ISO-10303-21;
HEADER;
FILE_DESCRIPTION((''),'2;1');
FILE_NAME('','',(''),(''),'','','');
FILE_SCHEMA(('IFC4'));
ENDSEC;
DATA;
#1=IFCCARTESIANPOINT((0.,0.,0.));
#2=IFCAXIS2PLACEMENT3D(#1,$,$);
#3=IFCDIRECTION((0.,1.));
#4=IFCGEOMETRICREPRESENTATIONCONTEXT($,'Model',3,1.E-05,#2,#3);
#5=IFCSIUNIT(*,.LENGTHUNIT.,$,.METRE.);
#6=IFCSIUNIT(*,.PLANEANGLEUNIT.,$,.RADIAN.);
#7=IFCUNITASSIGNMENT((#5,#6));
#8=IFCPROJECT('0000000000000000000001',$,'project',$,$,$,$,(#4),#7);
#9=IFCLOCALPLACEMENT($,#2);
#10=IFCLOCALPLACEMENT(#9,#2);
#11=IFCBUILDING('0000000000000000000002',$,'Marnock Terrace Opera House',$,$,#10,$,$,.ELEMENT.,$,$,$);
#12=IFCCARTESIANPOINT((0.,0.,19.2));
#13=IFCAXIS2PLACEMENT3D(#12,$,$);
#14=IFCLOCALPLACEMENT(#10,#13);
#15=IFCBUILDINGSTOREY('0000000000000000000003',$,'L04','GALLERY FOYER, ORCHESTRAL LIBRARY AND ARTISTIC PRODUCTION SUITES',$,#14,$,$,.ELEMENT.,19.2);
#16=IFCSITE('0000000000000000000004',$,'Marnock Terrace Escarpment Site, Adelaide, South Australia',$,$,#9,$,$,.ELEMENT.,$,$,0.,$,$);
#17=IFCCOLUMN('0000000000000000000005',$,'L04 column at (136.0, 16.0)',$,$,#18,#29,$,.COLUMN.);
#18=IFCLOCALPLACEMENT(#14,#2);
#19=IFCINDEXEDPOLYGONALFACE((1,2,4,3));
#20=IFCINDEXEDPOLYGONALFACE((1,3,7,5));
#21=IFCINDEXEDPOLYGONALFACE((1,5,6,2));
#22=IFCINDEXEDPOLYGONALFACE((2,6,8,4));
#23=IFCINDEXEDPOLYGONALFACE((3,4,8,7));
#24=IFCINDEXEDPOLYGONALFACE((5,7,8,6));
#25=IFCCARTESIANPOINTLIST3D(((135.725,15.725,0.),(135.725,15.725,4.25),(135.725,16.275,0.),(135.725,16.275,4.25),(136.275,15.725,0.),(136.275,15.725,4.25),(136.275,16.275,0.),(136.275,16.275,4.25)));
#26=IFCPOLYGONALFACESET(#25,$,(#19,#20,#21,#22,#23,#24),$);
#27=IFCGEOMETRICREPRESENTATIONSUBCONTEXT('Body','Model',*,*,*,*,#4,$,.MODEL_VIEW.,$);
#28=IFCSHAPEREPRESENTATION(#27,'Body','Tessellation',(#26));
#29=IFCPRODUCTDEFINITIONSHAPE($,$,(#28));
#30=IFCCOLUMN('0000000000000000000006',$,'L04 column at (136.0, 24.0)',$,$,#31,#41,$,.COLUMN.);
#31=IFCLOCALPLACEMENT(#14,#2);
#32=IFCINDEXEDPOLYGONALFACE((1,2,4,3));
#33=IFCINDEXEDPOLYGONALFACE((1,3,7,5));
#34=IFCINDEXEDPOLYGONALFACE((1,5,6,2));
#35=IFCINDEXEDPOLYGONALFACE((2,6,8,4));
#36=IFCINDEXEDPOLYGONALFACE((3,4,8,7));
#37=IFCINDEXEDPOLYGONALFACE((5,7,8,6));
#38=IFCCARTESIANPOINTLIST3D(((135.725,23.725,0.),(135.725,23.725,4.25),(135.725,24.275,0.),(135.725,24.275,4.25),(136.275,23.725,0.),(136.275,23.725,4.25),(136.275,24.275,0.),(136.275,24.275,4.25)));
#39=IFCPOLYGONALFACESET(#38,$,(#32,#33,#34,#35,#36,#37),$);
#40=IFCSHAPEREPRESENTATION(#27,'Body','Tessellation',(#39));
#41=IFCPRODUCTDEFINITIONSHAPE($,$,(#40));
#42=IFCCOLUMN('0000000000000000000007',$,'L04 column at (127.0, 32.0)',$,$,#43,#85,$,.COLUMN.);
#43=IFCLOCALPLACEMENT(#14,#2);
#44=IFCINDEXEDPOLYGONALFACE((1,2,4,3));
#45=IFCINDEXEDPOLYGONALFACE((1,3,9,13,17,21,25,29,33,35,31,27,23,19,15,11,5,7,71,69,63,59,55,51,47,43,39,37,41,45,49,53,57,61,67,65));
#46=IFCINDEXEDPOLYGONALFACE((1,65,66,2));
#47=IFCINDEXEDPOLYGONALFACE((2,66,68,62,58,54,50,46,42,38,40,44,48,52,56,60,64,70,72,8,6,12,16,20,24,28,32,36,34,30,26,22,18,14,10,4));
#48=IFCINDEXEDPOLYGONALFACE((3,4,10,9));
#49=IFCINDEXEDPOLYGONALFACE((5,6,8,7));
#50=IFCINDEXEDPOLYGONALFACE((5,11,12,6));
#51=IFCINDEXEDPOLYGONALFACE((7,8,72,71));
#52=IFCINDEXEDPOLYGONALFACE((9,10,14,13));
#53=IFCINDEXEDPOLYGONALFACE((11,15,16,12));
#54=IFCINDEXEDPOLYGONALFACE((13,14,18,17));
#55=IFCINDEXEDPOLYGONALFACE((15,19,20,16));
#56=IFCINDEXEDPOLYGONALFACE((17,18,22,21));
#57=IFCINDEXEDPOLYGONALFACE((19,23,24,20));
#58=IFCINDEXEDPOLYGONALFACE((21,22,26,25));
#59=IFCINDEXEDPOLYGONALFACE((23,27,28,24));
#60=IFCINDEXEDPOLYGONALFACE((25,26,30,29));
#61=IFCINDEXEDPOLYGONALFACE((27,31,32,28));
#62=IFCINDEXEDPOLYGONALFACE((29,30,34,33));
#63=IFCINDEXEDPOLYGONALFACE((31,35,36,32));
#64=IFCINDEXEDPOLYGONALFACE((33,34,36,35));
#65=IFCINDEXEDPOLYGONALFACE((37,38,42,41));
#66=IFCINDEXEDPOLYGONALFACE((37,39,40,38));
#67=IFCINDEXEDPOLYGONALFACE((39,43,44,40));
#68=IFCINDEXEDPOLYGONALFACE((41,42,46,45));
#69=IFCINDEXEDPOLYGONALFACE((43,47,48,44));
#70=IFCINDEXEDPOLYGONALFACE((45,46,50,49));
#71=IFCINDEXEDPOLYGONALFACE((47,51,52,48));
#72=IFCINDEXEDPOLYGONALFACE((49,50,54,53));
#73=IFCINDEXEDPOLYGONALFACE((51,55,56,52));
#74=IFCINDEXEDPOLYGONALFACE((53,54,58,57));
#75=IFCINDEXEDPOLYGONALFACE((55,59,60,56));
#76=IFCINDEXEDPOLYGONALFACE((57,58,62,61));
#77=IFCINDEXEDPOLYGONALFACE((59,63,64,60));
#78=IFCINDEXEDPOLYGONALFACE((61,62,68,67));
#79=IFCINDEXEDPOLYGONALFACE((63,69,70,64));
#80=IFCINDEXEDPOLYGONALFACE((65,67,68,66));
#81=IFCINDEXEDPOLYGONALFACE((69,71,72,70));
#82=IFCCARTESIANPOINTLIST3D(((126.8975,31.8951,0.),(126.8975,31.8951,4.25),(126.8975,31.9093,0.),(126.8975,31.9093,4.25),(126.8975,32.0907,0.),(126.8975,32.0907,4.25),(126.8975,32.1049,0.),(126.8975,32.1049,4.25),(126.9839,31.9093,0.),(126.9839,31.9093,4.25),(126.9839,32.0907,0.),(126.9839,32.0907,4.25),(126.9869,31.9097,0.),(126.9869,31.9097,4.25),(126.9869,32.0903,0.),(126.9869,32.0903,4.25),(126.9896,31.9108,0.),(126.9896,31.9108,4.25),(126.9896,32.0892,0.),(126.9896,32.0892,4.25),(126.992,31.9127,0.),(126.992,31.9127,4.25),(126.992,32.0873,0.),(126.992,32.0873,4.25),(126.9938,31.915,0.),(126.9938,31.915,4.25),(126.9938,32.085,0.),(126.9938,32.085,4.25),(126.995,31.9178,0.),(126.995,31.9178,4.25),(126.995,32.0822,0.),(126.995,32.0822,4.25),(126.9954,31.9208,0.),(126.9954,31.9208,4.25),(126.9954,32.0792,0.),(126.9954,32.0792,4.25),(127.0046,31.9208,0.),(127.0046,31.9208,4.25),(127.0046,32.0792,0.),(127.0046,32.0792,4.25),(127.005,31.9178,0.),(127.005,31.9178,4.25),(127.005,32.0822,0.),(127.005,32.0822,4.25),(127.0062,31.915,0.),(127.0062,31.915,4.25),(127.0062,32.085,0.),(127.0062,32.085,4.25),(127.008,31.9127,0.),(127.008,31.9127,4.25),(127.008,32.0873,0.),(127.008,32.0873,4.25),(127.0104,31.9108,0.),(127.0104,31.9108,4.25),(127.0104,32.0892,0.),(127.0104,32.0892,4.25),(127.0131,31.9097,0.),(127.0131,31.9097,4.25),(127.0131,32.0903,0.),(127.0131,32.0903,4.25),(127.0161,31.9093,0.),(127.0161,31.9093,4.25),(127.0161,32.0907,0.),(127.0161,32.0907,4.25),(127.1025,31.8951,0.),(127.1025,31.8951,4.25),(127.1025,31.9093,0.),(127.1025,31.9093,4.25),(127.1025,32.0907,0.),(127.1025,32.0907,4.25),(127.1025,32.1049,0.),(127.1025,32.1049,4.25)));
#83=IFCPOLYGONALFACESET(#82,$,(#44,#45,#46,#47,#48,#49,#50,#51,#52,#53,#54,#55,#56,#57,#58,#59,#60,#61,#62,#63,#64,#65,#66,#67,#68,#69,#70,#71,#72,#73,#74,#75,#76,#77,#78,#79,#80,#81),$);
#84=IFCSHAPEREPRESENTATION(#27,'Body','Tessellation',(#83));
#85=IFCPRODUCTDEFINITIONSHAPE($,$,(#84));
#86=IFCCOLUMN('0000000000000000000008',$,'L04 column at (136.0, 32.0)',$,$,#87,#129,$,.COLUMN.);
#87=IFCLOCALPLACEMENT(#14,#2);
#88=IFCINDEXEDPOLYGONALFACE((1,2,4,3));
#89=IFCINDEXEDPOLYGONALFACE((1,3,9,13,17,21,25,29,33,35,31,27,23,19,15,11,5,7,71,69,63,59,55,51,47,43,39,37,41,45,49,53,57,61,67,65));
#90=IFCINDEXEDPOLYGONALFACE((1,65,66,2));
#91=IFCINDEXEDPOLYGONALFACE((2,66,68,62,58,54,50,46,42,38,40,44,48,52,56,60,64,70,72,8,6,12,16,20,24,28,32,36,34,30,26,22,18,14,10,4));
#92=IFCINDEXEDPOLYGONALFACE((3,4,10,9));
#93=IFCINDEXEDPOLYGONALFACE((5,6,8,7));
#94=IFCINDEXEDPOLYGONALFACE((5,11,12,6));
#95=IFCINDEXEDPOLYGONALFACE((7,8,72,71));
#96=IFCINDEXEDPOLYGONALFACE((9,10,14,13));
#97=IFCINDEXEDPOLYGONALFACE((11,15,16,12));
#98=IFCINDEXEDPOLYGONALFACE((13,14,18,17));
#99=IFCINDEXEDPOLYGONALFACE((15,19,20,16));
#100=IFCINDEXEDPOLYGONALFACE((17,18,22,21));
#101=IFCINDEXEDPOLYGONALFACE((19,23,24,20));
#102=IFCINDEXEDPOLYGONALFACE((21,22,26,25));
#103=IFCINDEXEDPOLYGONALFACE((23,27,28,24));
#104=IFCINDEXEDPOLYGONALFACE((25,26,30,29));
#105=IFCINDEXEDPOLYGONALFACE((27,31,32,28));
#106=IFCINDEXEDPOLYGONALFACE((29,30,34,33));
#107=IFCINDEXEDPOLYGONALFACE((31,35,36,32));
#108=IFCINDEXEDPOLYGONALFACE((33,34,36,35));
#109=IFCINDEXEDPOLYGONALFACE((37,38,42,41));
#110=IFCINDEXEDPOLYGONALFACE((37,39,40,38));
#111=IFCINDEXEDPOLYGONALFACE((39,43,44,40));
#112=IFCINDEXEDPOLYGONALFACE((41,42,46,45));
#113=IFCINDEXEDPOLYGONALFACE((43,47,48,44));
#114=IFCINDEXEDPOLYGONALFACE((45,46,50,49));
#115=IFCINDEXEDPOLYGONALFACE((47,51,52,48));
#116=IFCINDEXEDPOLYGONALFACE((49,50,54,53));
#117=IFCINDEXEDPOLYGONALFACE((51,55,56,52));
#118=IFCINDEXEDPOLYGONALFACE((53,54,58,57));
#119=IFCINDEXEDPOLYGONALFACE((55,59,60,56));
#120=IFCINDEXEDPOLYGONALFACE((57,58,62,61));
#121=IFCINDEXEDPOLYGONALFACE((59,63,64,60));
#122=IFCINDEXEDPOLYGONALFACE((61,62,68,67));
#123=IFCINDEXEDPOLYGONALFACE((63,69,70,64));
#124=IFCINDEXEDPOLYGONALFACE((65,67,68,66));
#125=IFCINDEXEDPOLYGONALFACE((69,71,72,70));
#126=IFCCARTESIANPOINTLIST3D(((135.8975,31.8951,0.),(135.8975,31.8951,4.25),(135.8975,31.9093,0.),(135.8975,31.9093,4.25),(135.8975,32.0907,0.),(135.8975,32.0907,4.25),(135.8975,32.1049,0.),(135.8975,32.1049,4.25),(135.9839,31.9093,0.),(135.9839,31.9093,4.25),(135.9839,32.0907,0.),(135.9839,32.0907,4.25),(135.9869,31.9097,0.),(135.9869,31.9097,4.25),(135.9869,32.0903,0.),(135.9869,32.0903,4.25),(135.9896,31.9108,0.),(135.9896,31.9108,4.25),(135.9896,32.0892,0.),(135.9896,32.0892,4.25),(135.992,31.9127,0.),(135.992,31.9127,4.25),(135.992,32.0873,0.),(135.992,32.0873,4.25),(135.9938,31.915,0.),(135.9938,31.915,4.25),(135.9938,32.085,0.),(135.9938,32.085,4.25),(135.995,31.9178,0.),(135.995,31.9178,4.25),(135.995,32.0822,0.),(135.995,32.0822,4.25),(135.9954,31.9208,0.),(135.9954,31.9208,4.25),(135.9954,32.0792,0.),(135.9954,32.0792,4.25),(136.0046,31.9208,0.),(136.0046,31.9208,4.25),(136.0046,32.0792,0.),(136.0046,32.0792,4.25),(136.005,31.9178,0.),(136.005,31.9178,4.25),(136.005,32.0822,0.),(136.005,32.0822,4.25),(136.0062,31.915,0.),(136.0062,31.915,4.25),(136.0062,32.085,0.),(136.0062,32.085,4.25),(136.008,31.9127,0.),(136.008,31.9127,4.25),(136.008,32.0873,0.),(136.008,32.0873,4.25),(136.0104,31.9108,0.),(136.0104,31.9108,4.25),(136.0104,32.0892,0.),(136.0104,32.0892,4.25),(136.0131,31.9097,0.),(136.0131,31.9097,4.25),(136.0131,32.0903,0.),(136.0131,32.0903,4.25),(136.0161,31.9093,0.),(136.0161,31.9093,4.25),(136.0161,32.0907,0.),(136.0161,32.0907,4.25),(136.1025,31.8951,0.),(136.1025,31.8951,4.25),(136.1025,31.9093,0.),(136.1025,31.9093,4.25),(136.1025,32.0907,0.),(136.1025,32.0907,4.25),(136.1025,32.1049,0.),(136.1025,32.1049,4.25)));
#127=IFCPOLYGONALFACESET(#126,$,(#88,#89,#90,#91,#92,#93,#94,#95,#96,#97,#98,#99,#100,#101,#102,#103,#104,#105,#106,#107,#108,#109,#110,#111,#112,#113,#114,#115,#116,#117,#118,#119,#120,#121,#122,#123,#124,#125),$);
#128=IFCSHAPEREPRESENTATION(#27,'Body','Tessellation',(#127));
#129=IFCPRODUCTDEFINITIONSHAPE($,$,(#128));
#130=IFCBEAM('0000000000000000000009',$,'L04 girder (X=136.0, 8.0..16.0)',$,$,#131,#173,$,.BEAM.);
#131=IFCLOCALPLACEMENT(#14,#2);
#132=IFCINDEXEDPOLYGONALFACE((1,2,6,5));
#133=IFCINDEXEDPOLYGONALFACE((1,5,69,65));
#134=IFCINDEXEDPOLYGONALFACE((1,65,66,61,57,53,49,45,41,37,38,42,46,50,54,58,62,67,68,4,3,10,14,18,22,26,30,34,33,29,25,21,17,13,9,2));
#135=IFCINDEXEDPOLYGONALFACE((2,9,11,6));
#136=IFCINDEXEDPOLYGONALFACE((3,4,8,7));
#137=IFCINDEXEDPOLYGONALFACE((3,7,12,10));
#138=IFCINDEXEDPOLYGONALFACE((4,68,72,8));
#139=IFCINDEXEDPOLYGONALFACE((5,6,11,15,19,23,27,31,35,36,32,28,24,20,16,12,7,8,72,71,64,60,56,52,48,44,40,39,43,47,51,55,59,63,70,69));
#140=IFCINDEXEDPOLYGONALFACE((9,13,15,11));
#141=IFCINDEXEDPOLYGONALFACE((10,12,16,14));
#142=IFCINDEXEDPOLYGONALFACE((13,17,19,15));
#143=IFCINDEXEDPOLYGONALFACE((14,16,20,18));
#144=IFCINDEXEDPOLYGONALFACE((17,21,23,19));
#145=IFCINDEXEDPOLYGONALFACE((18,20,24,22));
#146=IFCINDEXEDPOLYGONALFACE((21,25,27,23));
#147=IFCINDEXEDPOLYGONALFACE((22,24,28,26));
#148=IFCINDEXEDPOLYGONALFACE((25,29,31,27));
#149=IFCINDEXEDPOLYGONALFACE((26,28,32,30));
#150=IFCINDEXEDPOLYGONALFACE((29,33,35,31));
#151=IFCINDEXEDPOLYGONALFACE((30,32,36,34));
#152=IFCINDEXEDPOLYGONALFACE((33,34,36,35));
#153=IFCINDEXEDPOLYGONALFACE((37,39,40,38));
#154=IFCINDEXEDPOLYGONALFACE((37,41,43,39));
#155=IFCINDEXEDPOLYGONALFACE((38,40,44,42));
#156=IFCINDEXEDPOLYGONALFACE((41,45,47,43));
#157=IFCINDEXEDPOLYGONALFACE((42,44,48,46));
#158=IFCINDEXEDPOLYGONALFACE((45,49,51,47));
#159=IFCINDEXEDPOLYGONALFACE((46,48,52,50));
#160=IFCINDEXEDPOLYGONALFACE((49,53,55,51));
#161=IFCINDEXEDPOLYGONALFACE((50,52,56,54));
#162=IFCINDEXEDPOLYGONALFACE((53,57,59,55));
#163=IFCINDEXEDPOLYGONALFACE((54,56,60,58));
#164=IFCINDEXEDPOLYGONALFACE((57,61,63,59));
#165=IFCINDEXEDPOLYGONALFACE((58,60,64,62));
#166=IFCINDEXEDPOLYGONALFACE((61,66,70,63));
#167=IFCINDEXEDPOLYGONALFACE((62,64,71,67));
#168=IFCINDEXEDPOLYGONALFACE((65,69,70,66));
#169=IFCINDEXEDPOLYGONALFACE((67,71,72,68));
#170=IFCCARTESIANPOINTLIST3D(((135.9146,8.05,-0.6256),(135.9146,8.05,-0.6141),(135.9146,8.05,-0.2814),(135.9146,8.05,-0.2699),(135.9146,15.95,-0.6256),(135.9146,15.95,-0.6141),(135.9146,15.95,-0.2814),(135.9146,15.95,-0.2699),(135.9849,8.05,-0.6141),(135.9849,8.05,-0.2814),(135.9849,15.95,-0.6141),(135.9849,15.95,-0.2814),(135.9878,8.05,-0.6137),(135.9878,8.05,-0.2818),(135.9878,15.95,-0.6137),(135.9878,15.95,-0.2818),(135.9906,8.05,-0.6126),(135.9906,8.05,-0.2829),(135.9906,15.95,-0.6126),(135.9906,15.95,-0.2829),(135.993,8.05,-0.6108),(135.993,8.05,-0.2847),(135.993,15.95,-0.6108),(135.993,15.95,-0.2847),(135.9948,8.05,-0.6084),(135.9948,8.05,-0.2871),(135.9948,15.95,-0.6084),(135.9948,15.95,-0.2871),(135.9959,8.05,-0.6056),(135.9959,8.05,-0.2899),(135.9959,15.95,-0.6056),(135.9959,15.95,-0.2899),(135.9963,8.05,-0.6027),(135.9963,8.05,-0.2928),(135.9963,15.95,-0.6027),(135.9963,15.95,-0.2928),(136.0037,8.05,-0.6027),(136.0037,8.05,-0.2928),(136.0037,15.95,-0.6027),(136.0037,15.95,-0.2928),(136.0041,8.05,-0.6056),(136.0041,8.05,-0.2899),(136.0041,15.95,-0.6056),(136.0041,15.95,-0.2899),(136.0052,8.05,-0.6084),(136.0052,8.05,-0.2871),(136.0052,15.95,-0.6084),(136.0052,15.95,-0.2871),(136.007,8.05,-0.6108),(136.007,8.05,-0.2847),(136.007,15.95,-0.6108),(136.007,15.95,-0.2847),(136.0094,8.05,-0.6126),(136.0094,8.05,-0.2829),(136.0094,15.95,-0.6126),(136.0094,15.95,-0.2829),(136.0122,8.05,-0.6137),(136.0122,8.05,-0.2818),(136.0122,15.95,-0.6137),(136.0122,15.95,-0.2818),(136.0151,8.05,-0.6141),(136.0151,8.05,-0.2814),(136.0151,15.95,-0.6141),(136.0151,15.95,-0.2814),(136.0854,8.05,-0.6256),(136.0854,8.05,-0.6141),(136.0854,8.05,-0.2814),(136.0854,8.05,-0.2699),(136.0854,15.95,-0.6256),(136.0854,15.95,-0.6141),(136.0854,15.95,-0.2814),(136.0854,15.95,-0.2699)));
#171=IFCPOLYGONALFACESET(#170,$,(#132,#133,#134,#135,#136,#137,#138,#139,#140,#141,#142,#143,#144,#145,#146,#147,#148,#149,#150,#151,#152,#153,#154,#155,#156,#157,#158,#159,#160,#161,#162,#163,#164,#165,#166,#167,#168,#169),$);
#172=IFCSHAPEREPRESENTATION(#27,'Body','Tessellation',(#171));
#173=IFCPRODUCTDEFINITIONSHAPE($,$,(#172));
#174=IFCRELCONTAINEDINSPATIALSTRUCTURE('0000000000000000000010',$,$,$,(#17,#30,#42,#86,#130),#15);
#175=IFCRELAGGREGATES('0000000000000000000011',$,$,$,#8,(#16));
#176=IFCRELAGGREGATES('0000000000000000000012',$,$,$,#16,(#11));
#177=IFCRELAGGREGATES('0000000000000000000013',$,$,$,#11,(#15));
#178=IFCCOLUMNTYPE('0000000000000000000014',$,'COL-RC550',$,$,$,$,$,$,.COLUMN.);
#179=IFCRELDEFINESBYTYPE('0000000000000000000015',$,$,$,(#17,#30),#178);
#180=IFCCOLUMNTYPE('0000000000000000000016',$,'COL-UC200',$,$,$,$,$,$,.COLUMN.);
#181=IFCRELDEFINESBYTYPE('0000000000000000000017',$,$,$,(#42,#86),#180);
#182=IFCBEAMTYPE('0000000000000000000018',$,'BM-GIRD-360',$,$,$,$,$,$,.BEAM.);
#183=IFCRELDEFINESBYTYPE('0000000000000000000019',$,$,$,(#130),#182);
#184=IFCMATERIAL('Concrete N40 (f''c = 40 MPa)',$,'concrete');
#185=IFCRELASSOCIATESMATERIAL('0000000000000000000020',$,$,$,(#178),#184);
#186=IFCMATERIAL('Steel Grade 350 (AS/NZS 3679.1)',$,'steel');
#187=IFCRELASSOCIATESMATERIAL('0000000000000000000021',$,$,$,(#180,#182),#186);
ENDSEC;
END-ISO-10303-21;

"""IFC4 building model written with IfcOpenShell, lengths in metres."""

from ifc_helpers import new_model, si_unit, direction, frame, origin, origin_2d, place, context, subcontext, project, spatial, rectangle, i_section, extrude, material, material_profile, profile_set, type_object, element, save


model = new_model("IFC4")

# Units and contexts
model_context = context("Model", 3, precision=1e-05, world=origin(), true_north=direction((0.0, 1.0)))
body_context = subcontext(model_context, "Body", "Model", "MODEL_VIEW")
ifc_project = project(units=[si_unit("LENGTHUNIT", "METRE"), si_unit("PLANEANGLEUNIT", "RADIAN")], contexts=[model_context])

# Site, building, storey
site_placement = place(None, origin())
site = spatial("IfcSite", under=ifc_project, at=site_placement, Name="Marnock Terrace Escarpment Site, Adelaide, South Australia", CompositionType="ELEMENT", RefElevation=0.0)
building_placement = place(site_placement, origin())
building = spatial("IfcBuilding", under=site, at=building_placement, Name="Marnock Terrace Opera House", CompositionType="ELEMENT")
storey_placement = place(building_placement, frame((0.0, 0.0, 19.2)))
storey = spatial("IfcBuildingStorey", under=building, at=storey_placement, Name="L04", Description="GALLERY FOYER, ORCHESTRAL LIBRARY AND ARTISTIC PRODUCTION SUITES", CompositionType="ELEMENT", Elevation=19.2)

# Columns
ifc_material_1 = material(Name="Concrete N40 (f'c = 40 MPa)", Category="concrete")
ifc_material_profile_1 = material_profile(ifc_material_1, rectangle(XDim=0.55, YDim=0.55, at=origin_2d()))
ifc_profile_set_1 = profile_set([ifc_material_profile_1], Name="Concrete N40 (f'c = 40 MPa)")
column_type_1 = type_object("IfcColumnType", Name="COL-RC550", PredefinedType="COLUMN", material=ifc_profile_set_1)
for number, where, z_axis, x_axis, name in (
    (1, (136.0, 16.0, 0.0), (0.0, 0.0, 1.0), (1.0, 0.0, 0.0), "L04 column at (136.0, 16.0)"),
    (2, (136.0, 24.0, 0.0), (0.0, 0.0, 1.0), (1.0, 0.0, 0.0), "L04 column at (136.0, 24.0)"),
):
    element("IfcColumn", number, at=place(storey_placement, frame(where, z_axis=z_axis, x_axis=x_axis)), inside=storey, type_object=column_type_1, Name=name, PredefinedType="COLUMN", context=body_context, shape_type="SweptSolid", body=[
        extrude(rectangle(XDim=0.55, YDim=0.55, at=origin_2d()), origin(), (0.0, 0.0, 1.0), 4.25),
    ])
ifc_material_2 = material(Name="Steel Grade 350 (AS/NZS 3679.1)", Category="steel")
ifc_material_profile_2 = material_profile(ifc_material_2, i_section(OverallWidth=0.2051, OverallDepth=0.2097, WebThickness=0.0093, FlangeThickness=0.0142, FilletRadius=0.0115, at=origin_2d()))
ifc_profile_set_2 = profile_set([ifc_material_profile_2], Name="Steel Grade 350 (AS/NZS 3679.1)")
column_type_2 = type_object("IfcColumnType", Name="COL-UC200", PredefinedType="COLUMN", material=ifc_profile_set_2)
for number, where, z_axis, x_axis, name in (
    (3, (127.0, 32.0, 0.0), (0.0, 0.0, 1.0), (1.0, 0.0, 0.0), "L04 column at (127.0, 32.0)"),
    (4, (136.0, 32.0, 0.0), (0.0, 0.0, 1.0), (1.0, 0.0, 0.0), "L04 column at (136.0, 32.0)"),
):
    element("IfcColumn", number, at=place(storey_placement, frame(where, z_axis=z_axis, x_axis=x_axis)), inside=storey, type_object=column_type_2, Name=name, PredefinedType="COLUMN", context=body_context, shape_type="SweptSolid", body=[
        extrude(i_section(OverallWidth=0.2051, OverallDepth=0.2097, WebThickness=0.0093, FlangeThickness=0.0142, FilletRadius=0.0115, at=origin_2d()), origin(), (0.0, 0.0, 1.0), 4.25),
    ])

# Beam
ifc_material_profile_3 = material_profile(ifc_material_2, i_section(OverallWidth=0.1709, OverallDepth=0.3557, WebThickness=0.0073, FlangeThickness=0.0115, FilletRadius=0.0115, at=origin_2d()))
ifc_profile_set_3 = profile_set([ifc_material_profile_3], Name="Steel Grade 350 (AS/NZS 3679.1)")
beam_type_1 = type_object("IfcBeamType", Name="BM-GIRD-360", PredefinedType="BEAM", material=ifc_profile_set_3)
for number, where, z_axis, x_axis, name in (
    (5, (136.0, 8.05, -0.4478), (0.0, 1.0, 0.0), (-1.0, 0.0, 0.0), "L04 girder (X=136.0, 8.0..16.0)"),
):
    element("IfcBeam", number, at=place(storey_placement, frame(where, z_axis=z_axis, x_axis=x_axis)), inside=storey, type_object=beam_type_1, Name=name, PredefinedType="BEAM", context=body_context, shape_type="SweptSolid", body=[
        extrude(i_section(OverallWidth=0.1709, OverallDepth=0.3557, WebThickness=0.0073, FlangeThickness=0.0115, FilletRadius=0.0115, at=origin_2d()), origin(), (0.0, 0.0, 1.0), 7.8999),
    ])

save(model, "model.ifc")
